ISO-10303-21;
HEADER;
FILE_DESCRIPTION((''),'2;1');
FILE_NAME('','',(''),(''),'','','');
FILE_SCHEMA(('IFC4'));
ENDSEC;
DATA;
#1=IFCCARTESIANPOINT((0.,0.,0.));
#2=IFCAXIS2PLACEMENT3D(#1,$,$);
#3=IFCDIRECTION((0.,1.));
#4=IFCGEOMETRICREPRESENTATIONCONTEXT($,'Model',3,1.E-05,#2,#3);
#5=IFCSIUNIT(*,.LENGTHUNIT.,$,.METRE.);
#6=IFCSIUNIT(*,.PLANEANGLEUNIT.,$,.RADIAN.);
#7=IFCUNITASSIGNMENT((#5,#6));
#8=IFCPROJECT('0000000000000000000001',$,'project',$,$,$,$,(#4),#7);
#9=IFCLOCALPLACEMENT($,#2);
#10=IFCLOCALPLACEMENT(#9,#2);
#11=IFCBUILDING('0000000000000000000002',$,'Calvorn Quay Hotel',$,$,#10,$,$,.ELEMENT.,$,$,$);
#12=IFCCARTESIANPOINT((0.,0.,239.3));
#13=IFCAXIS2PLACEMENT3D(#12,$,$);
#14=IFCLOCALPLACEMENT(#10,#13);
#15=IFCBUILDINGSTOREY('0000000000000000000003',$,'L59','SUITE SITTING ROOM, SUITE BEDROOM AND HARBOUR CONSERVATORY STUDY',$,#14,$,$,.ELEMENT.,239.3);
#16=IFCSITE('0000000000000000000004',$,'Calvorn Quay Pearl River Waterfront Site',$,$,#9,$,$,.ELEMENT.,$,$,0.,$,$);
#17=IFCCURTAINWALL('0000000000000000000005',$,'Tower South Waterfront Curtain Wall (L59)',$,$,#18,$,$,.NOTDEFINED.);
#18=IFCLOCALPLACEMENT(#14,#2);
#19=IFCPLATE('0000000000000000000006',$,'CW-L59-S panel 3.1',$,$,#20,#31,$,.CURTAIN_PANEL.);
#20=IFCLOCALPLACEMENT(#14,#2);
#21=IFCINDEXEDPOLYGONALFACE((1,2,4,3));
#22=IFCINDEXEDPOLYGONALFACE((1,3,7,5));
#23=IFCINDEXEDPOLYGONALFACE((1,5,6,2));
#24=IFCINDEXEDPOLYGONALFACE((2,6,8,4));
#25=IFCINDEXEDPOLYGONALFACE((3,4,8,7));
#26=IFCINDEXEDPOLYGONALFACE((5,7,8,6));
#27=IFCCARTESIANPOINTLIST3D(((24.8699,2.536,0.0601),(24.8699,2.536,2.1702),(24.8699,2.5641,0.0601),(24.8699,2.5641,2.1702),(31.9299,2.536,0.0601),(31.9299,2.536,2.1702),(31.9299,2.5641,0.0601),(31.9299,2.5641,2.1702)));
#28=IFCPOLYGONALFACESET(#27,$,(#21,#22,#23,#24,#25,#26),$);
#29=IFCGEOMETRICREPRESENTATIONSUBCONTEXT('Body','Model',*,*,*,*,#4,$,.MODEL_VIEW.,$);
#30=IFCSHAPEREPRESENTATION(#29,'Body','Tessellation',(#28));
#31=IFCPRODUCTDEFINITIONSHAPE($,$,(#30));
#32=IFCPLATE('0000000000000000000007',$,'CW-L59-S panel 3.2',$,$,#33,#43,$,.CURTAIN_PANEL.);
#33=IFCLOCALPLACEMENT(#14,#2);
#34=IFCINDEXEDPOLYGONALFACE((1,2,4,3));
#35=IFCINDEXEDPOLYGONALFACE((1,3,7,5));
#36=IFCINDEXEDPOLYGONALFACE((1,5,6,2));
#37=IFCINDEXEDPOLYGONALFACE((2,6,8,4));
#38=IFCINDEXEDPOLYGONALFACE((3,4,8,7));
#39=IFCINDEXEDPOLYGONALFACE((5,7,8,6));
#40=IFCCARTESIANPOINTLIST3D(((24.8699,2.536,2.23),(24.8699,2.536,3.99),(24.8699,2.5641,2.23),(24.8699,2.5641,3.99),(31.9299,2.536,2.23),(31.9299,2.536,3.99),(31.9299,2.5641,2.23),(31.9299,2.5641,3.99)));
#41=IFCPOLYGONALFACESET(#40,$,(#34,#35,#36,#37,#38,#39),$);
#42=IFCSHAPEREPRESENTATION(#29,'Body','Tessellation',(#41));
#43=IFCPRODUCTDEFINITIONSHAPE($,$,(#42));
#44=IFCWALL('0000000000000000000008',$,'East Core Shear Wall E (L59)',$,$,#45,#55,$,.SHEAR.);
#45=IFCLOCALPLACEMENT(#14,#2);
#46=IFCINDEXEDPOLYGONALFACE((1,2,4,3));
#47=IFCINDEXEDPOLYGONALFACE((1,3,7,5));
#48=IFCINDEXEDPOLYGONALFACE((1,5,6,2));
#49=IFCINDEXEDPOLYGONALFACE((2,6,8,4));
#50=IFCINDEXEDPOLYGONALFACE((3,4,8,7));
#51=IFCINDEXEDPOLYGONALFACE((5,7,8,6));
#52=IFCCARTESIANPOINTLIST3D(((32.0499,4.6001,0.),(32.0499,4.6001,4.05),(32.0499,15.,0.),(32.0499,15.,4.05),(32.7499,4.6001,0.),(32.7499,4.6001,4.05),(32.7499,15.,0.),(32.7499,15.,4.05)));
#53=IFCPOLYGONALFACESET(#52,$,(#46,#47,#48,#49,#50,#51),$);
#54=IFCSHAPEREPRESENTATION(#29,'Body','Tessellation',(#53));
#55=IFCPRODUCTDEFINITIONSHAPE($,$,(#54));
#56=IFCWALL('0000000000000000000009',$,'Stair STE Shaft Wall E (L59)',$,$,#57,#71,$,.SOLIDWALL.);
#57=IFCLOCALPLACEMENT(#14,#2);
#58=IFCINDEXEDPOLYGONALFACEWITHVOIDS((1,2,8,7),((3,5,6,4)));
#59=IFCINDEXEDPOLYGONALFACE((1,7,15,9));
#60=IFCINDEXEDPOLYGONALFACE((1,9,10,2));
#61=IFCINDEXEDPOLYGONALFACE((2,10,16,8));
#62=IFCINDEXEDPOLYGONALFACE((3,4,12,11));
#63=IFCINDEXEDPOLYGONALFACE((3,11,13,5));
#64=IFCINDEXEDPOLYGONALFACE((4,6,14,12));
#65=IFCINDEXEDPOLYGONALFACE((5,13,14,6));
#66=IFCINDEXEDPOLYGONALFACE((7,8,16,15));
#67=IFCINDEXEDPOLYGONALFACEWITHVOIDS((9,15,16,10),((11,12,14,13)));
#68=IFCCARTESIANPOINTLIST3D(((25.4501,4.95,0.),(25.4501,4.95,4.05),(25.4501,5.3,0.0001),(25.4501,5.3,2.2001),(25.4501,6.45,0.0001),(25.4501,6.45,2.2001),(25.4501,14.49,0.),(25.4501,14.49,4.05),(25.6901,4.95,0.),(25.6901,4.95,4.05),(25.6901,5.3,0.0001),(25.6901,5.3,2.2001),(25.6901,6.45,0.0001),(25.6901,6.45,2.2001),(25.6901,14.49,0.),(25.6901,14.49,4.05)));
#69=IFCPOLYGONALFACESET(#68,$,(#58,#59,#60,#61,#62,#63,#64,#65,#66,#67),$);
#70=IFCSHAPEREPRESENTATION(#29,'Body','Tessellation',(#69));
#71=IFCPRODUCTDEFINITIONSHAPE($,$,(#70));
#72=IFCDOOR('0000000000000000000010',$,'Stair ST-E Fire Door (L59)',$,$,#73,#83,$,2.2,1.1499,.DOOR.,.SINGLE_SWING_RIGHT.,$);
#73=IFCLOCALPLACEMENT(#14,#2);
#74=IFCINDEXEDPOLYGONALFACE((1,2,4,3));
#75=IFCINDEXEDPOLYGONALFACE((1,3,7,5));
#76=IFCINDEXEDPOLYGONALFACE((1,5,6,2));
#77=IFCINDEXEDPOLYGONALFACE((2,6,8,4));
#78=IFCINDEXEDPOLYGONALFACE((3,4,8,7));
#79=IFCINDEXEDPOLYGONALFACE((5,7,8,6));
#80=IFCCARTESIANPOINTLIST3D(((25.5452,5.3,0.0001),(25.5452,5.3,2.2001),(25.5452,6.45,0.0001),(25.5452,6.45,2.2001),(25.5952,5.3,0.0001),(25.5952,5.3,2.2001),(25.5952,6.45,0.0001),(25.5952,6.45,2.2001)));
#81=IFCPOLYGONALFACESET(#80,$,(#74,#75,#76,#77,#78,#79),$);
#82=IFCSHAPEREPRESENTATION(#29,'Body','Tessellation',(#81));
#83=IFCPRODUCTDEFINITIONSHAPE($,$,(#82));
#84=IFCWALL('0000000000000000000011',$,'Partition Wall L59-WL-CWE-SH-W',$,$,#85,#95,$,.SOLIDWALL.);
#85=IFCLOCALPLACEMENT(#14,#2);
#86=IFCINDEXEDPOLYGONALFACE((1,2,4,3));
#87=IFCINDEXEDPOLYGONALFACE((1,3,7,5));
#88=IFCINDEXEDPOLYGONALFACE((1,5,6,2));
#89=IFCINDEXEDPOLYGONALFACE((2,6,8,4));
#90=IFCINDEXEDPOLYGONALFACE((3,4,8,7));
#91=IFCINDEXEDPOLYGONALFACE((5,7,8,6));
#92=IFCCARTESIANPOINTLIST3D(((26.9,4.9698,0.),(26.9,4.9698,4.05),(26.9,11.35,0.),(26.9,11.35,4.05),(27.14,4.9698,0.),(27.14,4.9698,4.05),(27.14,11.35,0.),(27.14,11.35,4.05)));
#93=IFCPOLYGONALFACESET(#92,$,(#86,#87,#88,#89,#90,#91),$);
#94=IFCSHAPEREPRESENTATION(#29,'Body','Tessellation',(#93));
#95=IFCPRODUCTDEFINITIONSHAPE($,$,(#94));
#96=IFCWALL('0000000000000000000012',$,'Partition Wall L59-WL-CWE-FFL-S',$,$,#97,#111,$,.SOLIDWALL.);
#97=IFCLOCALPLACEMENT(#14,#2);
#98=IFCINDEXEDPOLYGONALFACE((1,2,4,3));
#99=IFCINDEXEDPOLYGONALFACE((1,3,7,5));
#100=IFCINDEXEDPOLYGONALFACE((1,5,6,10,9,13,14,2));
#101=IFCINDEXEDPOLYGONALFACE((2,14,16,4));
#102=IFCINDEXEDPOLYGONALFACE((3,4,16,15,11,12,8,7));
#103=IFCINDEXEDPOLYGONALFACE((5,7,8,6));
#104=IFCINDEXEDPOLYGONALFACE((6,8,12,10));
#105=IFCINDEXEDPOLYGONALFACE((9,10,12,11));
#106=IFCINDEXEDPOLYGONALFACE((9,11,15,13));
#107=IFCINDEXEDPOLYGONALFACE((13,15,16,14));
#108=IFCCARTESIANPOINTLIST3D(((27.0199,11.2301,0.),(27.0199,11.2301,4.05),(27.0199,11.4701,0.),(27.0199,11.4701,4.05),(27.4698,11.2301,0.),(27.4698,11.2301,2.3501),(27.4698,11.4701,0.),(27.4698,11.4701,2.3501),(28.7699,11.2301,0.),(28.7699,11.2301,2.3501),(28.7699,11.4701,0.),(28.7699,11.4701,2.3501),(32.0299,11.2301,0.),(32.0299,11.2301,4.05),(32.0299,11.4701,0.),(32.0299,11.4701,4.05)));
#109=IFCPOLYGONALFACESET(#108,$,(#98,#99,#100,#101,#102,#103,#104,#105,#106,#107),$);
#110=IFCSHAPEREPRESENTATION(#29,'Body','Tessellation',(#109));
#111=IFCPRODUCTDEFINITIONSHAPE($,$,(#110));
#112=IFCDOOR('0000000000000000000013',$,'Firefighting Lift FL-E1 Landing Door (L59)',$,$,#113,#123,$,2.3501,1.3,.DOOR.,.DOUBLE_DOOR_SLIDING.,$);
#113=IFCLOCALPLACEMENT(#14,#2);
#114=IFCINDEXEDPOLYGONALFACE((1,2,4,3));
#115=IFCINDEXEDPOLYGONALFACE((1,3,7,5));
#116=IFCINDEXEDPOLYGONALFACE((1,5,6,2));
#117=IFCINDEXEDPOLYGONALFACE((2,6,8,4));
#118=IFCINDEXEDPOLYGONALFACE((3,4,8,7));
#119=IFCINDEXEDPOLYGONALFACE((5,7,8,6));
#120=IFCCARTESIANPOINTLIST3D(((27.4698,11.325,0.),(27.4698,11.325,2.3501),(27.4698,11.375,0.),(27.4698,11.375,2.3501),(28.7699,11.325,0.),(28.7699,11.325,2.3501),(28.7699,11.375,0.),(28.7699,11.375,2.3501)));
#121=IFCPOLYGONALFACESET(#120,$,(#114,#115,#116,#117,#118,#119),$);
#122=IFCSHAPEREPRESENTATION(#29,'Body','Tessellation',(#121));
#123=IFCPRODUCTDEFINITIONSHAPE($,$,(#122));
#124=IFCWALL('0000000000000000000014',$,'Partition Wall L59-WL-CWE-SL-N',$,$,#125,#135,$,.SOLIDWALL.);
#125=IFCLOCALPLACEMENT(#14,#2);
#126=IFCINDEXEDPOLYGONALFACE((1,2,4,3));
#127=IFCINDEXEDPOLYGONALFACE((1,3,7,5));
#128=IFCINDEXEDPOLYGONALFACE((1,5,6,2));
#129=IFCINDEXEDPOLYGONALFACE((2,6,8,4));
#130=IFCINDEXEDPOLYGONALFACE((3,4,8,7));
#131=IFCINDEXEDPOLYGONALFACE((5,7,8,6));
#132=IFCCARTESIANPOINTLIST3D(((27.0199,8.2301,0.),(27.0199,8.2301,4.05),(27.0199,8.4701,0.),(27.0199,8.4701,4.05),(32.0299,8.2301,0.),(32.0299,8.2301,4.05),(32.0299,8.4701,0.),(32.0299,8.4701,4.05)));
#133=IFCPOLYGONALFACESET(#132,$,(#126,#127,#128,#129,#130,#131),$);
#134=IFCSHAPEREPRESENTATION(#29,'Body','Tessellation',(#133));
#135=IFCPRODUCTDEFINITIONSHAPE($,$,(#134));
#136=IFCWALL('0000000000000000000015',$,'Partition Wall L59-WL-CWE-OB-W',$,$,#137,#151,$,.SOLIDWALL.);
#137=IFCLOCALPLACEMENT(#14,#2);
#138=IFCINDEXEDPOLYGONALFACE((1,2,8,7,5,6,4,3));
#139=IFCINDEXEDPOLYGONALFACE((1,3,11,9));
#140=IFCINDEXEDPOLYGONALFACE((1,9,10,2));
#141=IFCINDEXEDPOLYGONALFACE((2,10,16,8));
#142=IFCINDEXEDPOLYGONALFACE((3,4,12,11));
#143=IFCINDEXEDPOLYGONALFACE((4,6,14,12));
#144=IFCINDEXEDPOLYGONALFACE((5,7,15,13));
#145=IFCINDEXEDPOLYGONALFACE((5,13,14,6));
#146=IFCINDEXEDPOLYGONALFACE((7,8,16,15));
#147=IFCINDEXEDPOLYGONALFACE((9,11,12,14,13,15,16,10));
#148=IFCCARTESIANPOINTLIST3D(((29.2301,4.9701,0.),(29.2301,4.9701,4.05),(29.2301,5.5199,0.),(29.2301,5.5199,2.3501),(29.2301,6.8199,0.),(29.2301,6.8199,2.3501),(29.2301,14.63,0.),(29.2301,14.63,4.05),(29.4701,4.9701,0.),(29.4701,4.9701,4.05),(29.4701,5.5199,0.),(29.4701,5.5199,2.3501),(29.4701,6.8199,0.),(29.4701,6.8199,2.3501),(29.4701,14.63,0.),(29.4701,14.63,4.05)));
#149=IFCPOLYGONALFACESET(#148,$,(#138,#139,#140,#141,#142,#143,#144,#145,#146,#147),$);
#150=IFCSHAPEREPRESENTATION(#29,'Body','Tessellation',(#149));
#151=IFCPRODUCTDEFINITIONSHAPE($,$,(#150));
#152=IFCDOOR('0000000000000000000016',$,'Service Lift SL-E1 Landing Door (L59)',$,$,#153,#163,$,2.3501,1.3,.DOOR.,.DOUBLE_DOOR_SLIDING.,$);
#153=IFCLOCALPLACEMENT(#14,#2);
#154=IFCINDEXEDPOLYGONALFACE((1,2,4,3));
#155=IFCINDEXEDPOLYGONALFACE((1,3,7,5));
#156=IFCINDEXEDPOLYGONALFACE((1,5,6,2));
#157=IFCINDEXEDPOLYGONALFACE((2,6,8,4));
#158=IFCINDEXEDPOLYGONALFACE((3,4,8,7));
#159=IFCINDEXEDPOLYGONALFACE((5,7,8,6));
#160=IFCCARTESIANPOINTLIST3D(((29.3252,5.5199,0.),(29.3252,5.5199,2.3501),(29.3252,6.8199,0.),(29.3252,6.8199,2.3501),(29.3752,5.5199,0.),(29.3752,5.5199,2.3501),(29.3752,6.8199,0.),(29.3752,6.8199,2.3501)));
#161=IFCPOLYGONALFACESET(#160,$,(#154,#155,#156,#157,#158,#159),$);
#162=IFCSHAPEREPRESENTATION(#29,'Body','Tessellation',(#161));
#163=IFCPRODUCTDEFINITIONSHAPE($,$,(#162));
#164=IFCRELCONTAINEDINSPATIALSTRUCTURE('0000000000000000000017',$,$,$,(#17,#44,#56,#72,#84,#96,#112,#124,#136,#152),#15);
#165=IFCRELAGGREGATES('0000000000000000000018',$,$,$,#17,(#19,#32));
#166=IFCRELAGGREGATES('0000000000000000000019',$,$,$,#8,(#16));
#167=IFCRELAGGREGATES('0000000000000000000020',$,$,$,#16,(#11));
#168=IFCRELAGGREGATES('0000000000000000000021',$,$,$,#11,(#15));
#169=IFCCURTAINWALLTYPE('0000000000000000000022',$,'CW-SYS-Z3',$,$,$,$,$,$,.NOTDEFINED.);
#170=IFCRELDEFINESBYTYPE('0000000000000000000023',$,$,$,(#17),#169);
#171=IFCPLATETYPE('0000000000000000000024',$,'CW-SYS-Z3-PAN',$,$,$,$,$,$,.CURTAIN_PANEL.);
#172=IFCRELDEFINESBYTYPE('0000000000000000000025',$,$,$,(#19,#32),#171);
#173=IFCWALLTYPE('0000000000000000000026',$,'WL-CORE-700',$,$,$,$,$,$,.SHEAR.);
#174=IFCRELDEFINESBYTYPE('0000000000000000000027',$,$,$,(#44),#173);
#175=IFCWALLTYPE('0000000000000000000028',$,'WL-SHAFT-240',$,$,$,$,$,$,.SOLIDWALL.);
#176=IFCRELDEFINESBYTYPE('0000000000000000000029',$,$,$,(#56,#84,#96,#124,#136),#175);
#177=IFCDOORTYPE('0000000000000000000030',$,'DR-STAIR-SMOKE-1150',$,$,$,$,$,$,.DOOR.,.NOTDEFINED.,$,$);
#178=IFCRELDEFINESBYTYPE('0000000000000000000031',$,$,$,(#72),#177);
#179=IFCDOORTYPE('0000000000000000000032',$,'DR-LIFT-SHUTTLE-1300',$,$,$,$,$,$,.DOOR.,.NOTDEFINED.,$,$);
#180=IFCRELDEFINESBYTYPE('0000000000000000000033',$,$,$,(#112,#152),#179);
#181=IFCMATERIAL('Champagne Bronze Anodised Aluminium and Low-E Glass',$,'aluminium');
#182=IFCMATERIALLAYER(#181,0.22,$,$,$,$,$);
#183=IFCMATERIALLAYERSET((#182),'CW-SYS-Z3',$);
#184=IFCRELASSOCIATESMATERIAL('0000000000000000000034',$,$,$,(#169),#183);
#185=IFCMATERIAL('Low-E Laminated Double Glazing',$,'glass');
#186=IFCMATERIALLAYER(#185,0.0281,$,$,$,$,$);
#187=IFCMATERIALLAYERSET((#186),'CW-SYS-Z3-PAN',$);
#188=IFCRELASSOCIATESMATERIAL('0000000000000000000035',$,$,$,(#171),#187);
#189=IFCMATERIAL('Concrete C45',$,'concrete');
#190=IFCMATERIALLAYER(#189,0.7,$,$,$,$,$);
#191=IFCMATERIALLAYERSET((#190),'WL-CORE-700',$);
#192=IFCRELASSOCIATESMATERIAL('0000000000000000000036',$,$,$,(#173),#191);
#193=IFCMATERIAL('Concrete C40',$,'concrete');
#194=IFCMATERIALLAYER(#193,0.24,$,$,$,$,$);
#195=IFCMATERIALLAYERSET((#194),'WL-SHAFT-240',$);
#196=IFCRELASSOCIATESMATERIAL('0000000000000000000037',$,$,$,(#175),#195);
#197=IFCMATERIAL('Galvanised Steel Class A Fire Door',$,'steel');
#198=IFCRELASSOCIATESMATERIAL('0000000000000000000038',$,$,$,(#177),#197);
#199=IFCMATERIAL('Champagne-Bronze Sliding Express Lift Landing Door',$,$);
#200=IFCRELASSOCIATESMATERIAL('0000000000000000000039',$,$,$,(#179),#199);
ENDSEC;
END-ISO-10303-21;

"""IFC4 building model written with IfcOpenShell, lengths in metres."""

from ifc_helpers import new_model, si_unit, direction, frame, frame_2d, origin, origin_2d, place, context, subcontext, project, spatial, rectangle, extrude, material, layer, layer_set, type_object, element, fill, aggregate, save


model = new_model("IFC4")

# Units and contexts
model_context = context("Model", 3, precision=1e-05, world=origin(), true_north=direction((0.0, 1.0)))
body_context = subcontext(model_context, "Body", "Model", "MODEL_VIEW")
ifc_project = project(units=[si_unit("LENGTHUNIT", "METRE"), si_unit("PLANEANGLEUNIT", "RADIAN")], contexts=[model_context])

# Site, building, storey
site_placement = place(None, origin())
site = spatial("IfcSite", under=ifc_project, at=site_placement, Name="Calvorn Quay Pearl River Waterfront Site", CompositionType="ELEMENT", RefElevation=0.0)
building_placement = place(site_placement, origin())
building = spatial("IfcBuilding", under=site, at=building_placement, Name="Calvorn Quay Hotel", CompositionType="ELEMENT")
storey_placement = place(building_placement, frame((0.0, 0.0, 239.3)))
storey = spatial("IfcBuildingStorey", under=building, at=storey_placement, Name="L59", Description="SUITE SITTING ROOM, SUITE BEDROOM AND HARBOUR CONSERVATORY STUDY", CompositionType="ELEMENT", Elevation=239.3)

# Curtain wall, plates
ifc_material_1 = material(Name="Champagne Bronze Anodised Aluminium and Low-E Glass", Category="aluminium")
ifc_layer_1 = layer(ifc_material_1, 0.22)
ifc_layer_set_1 = layer_set([ifc_layer_1], Name="CW-SYS-Z3")
curtain_wall_type = type_object("IfcCurtainWallType", Name="CW-SYS-Z3", PredefinedType="NOTDEFINED", material=ifc_layer_set_1)
curtain_wall_placement = place(storey_placement, origin())
curtain_wall = element("IfcCurtainWall", 1, at=curtain_wall_placement, inside=storey, type_object=curtain_wall_type, Name="Tower South Waterfront Curtain Wall (L59)", PredefinedType="NOTDEFINED")
ifc_material_2 = material(Name="Low-E Laminated Double Glazing", Category="glass")
ifc_layer_2 = layer(ifc_material_2, 0.0281)
ifc_layer_set_2 = layer_set([ifc_layer_2], Name="CW-SYS-Z3-PAN")
plate_type = type_object("IfcPlateType", Name="CW-SYS-Z3-PAN", PredefinedType="CURTAIN_PANEL", material=ifc_layer_set_2)
plate_1_placement = place(storey_placement, frame((28.3999, 2.55, 0.0601), z_axis=(0.0, 0.0, 1.0), x_axis=(1.0, 0.0, 0.0)))
plate_1 = element("IfcPlate", 2, at=plate_1_placement, type_object=plate_type, Name="CW-L59-S panel 3.1", PredefinedType="CURTAIN_PANEL", context=body_context, shape_type="SweptSolid", body=[
    extrude(rectangle(XDim=7.0601, YDim=0.0281, at=origin_2d()), origin(), (0.0, 0.0, 1.0), 2.1101),
])
plate_2_placement = place(storey_placement, frame((28.3999, 2.55, 2.23), z_axis=(0.0, 0.0, 1.0), x_axis=(1.0, 0.0, 0.0)))
plate_2 = element("IfcPlate", 3, at=plate_2_placement, type_object=plate_type, Name="CW-L59-S panel 3.2", PredefinedType="CURTAIN_PANEL", context=body_context, shape_type="SweptSolid", body=[
    extrude(rectangle(XDim=7.0601, YDim=0.0281, at=origin_2d()), origin(), (0.0, 0.0, 1.0), 1.76),
])
aggregate(curtain_wall, [plate_1, plate_2])

# Wall
ifc_material_3 = material(Name="Concrete C45", Category="concrete")
ifc_layer_3 = layer(ifc_material_3, 0.7)
ifc_layer_set_3 = layer_set([ifc_layer_3], Name="WL-CORE-700")
wall_type_1 = type_object("IfcWallType", Name="WL-CORE-700", PredefinedType="SHEAR", material=ifc_layer_set_3)
wall_1_placement = place(storey_placement, frame((32.3999, 4.6001, 0.0), z_axis=(0.0, 0.0, 1.0), x_axis=(0.0, 1.0, 0.0)))
element("IfcWall", 4, at=wall_1_placement, inside=storey, type_object=wall_type_1, Name="East Core Shear Wall E (L59)", PredefinedType="SHEAR", context=body_context, shape_type="SweptSolid", body=[
    extrude(rectangle(XDim=10.3999, YDim=0.7, at=frame_2d((5.2, 0.0))), origin(), (0.0, 0.0, 1.0), 4.05),
])

# Wall, opening, door
ifc_material_4 = material(Name="Concrete C40", Category="concrete")
ifc_layer_4 = layer(ifc_material_4, 0.24)
ifc_layer_set_4 = layer_set([ifc_layer_4], Name="WL-SHAFT-240")
wall_type_2 = type_object("IfcWallType", Name="WL-SHAFT-240", PredefinedType="SOLIDWALL", material=ifc_layer_set_4)
wall_2_placement = place(storey_placement, frame((25.5701, 4.95, 0.0), z_axis=(0.0, 0.0, 1.0), x_axis=(0.0, 1.0, 0.0)))
wall_2 = element("IfcWall", 5, at=wall_2_placement, inside=storey, type_object=wall_type_2, Name="Stair STE Shaft Wall E (L59)", PredefinedType="SOLIDWALL", context=body_context, shape_type="SweptSolid", body=[
    extrude(rectangle(XDim=9.54, YDim=0.24, at=frame_2d((4.77, 0.0))), origin(), (0.0, 0.0, 1.0), 4.05),
])
opening_1_placement = place(wall_2_placement, frame((0.3501, 0.0, 0.0)))
opening_1 = element("IfcOpeningElement", 6, at=opening_1_placement, cuts=wall_2, PredefinedType="OPENING", context=body_context, shape_type="SweptSolid", body=[
    extrude(rectangle(XDim=1.1499, YDim=2.2, at=frame_2d((0.575, 1.1001))), frame((0.0, 0.1299, 0.0), z_axis=(0.0, -1.0, 0.0), x_axis=(1.0, 0.0, 0.0)), (0.0, 0.0, 1.0), 0.26),
])
ifc_material_5 = material(Name="Galvanised Steel Class A Fire Door", Category="steel")
door_type_1 = type_object("IfcDoorType", Name="DR-STAIR-SMOKE-1150", OperationType="NOTDEFINED", PredefinedType="DOOR", material=ifc_material_5)
door_1_placement = place(opening_1_placement, origin())
door_1 = element("IfcDoor", 7, at=door_1_placement, inside=storey, type_object=door_type_1, Name="Stair ST-E Fire Door (L59)", OperationType="SINGLE_SWING_RIGHT", OverallHeight=2.2, OverallWidth=1.1499, PredefinedType="DOOR", context=body_context, shape_type="SweptSolid", body=[
    extrude(rectangle(XDim=1.1499, YDim=2.2, at=frame_2d((0.575, 1.1001))), frame((0.0, 0.0249, 0.0), z_axis=(0.0, -1.0, 0.0), x_axis=(1.0, 0.0, 0.0)), (0.0, 0.0, 1.0), 0.05),
])
fill(opening_1, door_1)

# Wall
wall_3_placement = place(storey_placement, frame((27.02, 4.97, 0.0), z_axis=(0.0, 0.0, 1.0), x_axis=(0.0, 1.0, 0.0)))
element("IfcWall", 8, at=wall_3_placement, inside=storey, type_object=wall_type_2, Name="Partition Wall L59-WL-CWE-SH-W", PredefinedType="SOLIDWALL", context=body_context, shape_type="SweptSolid", body=[
    extrude(rectangle(XDim=6.3801, YDim=0.24, at=frame_2d((3.1899, 0.0))), origin(), (0.0, 0.0, 1.0), 4.05),
])

# Wall, opening, door
wall_4_placement = place(storey_placement, frame((27.02, 11.3501, 0.0), z_axis=(0.0, 0.0, 1.0), x_axis=(1.0, 0.0, 0.0)))
wall_4 = element("IfcWall", 9, at=wall_4_placement, inside=storey, type_object=wall_type_2, Name="Partition Wall L59-WL-CWE-FFL-S", PredefinedType="SOLIDWALL", context=body_context, shape_type="SweptSolid", body=[
    extrude(rectangle(XDim=5.01, YDim=0.24, at=frame_2d((2.5049, 0.0))), origin(), (0.0, 0.0, 1.0), 4.05),
])
opening_2_placement = place(wall_4_placement, frame((0.45, 0.0, 0.0)))
opening_2 = element("IfcOpeningElement", 10, at=opening_2_placement, cuts=wall_4, PredefinedType="OPENING", context=body_context, shape_type="SweptSolid", body=[
    extrude(rectangle(XDim=1.3, YDim=2.3501, at=frame_2d((0.6499, 1.175))), frame((0.0, 0.1299, 0.0), z_axis=(0.0, -1.0, 0.0), x_axis=(1.0, 0.0, 0.0)), (0.0, 0.0, 1.0), 0.26),
])
ifc_material_6 = material(Name="Champagne-Bronze Sliding Express Lift Landing Door")
door_type_2 = type_object("IfcDoorType", Name="DR-LIFT-SHUTTLE-1300", OperationType="NOTDEFINED", PredefinedType="DOOR", material=ifc_material_6)
door_2_placement = place(opening_2_placement, origin())
door_2 = element("IfcDoor", 11, at=door_2_placement, inside=storey, type_object=door_type_2, Name="Firefighting Lift FL-E1 Landing Door (L59)", OperationType="DOUBLE_DOOR_SLIDING", OverallHeight=2.3501, OverallWidth=1.3, PredefinedType="DOOR", context=body_context, shape_type="SweptSolid", body=[
    extrude(rectangle(XDim=1.3, YDim=2.3501, at=frame_2d((0.6499, 1.175))), frame((0.0, 0.0249, 0.0), z_axis=(0.0, -1.0, 0.0), x_axis=(1.0, 0.0, 0.0)), (0.0, 0.0, 1.0), 0.05),
])
fill(opening_2, door_2)

# Wall
wall_5_placement = place(storey_placement, frame((27.02, 8.3501, 0.0), z_axis=(0.0, 0.0, 1.0), x_axis=(1.0, 0.0, 0.0)))
element("IfcWall", 12, at=wall_5_placement, inside=storey, type_object=wall_type_2, Name="Partition Wall L59-WL-CWE-SL-N", PredefinedType="SOLIDWALL", context=body_context, shape_type="SweptSolid", body=[
    extrude(rectangle(XDim=5.01, YDim=0.24, at=frame_2d((2.5049, 0.0))), origin(), (0.0, 0.0, 1.0), 4.05),
])

# Wall, opening, door
wall_6_placement = place(storey_placement, frame((29.3501, 4.97, 0.0), z_axis=(0.0, 0.0, 1.0), x_axis=(0.0, 1.0, 0.0)))
wall_6 = element("IfcWall", 13, at=wall_6_placement, inside=storey, type_object=wall_type_2, Name="Partition Wall L59-WL-CWE-OB-W", PredefinedType="SOLIDWALL", context=body_context, shape_type="SweptSolid", body=[
    extrude(rectangle(XDim=9.6599, YDim=0.24, at=frame_2d((4.8301, 0.0))), origin(), (0.0, 0.0, 1.0), 4.05),
])
opening_3_placement = place(wall_6_placement, frame((0.55, 0.0, 0.0)))
opening_3 = element("IfcOpeningElement", 14, at=opening_3_placement, cuts=wall_6, PredefinedType="OPENING", context=body_context, shape_type="SweptSolid", body=[
    extrude(rectangle(XDim=1.3, YDim=2.3501, at=frame_2d((0.6499, 1.175))), frame((0.0, 0.1299, 0.0), z_axis=(0.0, -1.0, 0.0), x_axis=(1.0, 0.0, 0.0)), (0.0, 0.0, 1.0), 0.26),
])
door_3_placement = place(opening_3_placement, origin())
door_3 = element("IfcDoor", 15, at=door_3_placement, inside=storey, type_object=door_type_2, Name="Service Lift SL-E1 Landing Door (L59)", OperationType="DOUBLE_DOOR_SLIDING", OverallHeight=2.3501, OverallWidth=1.3, PredefinedType="DOOR", context=body_context, shape_type="SweptSolid", body=[
    extrude(rectangle(XDim=1.3, YDim=2.3501, at=frame_2d((0.6499, 1.175))), frame((0.0, 0.0249, 0.0), z_axis=(0.0, -1.0, 0.0), x_axis=(1.0, 0.0, 0.0)), (0.0, 0.0, 1.0), 0.05),
])
fill(opening_3, door_3)

save(model, "model.ifc")
